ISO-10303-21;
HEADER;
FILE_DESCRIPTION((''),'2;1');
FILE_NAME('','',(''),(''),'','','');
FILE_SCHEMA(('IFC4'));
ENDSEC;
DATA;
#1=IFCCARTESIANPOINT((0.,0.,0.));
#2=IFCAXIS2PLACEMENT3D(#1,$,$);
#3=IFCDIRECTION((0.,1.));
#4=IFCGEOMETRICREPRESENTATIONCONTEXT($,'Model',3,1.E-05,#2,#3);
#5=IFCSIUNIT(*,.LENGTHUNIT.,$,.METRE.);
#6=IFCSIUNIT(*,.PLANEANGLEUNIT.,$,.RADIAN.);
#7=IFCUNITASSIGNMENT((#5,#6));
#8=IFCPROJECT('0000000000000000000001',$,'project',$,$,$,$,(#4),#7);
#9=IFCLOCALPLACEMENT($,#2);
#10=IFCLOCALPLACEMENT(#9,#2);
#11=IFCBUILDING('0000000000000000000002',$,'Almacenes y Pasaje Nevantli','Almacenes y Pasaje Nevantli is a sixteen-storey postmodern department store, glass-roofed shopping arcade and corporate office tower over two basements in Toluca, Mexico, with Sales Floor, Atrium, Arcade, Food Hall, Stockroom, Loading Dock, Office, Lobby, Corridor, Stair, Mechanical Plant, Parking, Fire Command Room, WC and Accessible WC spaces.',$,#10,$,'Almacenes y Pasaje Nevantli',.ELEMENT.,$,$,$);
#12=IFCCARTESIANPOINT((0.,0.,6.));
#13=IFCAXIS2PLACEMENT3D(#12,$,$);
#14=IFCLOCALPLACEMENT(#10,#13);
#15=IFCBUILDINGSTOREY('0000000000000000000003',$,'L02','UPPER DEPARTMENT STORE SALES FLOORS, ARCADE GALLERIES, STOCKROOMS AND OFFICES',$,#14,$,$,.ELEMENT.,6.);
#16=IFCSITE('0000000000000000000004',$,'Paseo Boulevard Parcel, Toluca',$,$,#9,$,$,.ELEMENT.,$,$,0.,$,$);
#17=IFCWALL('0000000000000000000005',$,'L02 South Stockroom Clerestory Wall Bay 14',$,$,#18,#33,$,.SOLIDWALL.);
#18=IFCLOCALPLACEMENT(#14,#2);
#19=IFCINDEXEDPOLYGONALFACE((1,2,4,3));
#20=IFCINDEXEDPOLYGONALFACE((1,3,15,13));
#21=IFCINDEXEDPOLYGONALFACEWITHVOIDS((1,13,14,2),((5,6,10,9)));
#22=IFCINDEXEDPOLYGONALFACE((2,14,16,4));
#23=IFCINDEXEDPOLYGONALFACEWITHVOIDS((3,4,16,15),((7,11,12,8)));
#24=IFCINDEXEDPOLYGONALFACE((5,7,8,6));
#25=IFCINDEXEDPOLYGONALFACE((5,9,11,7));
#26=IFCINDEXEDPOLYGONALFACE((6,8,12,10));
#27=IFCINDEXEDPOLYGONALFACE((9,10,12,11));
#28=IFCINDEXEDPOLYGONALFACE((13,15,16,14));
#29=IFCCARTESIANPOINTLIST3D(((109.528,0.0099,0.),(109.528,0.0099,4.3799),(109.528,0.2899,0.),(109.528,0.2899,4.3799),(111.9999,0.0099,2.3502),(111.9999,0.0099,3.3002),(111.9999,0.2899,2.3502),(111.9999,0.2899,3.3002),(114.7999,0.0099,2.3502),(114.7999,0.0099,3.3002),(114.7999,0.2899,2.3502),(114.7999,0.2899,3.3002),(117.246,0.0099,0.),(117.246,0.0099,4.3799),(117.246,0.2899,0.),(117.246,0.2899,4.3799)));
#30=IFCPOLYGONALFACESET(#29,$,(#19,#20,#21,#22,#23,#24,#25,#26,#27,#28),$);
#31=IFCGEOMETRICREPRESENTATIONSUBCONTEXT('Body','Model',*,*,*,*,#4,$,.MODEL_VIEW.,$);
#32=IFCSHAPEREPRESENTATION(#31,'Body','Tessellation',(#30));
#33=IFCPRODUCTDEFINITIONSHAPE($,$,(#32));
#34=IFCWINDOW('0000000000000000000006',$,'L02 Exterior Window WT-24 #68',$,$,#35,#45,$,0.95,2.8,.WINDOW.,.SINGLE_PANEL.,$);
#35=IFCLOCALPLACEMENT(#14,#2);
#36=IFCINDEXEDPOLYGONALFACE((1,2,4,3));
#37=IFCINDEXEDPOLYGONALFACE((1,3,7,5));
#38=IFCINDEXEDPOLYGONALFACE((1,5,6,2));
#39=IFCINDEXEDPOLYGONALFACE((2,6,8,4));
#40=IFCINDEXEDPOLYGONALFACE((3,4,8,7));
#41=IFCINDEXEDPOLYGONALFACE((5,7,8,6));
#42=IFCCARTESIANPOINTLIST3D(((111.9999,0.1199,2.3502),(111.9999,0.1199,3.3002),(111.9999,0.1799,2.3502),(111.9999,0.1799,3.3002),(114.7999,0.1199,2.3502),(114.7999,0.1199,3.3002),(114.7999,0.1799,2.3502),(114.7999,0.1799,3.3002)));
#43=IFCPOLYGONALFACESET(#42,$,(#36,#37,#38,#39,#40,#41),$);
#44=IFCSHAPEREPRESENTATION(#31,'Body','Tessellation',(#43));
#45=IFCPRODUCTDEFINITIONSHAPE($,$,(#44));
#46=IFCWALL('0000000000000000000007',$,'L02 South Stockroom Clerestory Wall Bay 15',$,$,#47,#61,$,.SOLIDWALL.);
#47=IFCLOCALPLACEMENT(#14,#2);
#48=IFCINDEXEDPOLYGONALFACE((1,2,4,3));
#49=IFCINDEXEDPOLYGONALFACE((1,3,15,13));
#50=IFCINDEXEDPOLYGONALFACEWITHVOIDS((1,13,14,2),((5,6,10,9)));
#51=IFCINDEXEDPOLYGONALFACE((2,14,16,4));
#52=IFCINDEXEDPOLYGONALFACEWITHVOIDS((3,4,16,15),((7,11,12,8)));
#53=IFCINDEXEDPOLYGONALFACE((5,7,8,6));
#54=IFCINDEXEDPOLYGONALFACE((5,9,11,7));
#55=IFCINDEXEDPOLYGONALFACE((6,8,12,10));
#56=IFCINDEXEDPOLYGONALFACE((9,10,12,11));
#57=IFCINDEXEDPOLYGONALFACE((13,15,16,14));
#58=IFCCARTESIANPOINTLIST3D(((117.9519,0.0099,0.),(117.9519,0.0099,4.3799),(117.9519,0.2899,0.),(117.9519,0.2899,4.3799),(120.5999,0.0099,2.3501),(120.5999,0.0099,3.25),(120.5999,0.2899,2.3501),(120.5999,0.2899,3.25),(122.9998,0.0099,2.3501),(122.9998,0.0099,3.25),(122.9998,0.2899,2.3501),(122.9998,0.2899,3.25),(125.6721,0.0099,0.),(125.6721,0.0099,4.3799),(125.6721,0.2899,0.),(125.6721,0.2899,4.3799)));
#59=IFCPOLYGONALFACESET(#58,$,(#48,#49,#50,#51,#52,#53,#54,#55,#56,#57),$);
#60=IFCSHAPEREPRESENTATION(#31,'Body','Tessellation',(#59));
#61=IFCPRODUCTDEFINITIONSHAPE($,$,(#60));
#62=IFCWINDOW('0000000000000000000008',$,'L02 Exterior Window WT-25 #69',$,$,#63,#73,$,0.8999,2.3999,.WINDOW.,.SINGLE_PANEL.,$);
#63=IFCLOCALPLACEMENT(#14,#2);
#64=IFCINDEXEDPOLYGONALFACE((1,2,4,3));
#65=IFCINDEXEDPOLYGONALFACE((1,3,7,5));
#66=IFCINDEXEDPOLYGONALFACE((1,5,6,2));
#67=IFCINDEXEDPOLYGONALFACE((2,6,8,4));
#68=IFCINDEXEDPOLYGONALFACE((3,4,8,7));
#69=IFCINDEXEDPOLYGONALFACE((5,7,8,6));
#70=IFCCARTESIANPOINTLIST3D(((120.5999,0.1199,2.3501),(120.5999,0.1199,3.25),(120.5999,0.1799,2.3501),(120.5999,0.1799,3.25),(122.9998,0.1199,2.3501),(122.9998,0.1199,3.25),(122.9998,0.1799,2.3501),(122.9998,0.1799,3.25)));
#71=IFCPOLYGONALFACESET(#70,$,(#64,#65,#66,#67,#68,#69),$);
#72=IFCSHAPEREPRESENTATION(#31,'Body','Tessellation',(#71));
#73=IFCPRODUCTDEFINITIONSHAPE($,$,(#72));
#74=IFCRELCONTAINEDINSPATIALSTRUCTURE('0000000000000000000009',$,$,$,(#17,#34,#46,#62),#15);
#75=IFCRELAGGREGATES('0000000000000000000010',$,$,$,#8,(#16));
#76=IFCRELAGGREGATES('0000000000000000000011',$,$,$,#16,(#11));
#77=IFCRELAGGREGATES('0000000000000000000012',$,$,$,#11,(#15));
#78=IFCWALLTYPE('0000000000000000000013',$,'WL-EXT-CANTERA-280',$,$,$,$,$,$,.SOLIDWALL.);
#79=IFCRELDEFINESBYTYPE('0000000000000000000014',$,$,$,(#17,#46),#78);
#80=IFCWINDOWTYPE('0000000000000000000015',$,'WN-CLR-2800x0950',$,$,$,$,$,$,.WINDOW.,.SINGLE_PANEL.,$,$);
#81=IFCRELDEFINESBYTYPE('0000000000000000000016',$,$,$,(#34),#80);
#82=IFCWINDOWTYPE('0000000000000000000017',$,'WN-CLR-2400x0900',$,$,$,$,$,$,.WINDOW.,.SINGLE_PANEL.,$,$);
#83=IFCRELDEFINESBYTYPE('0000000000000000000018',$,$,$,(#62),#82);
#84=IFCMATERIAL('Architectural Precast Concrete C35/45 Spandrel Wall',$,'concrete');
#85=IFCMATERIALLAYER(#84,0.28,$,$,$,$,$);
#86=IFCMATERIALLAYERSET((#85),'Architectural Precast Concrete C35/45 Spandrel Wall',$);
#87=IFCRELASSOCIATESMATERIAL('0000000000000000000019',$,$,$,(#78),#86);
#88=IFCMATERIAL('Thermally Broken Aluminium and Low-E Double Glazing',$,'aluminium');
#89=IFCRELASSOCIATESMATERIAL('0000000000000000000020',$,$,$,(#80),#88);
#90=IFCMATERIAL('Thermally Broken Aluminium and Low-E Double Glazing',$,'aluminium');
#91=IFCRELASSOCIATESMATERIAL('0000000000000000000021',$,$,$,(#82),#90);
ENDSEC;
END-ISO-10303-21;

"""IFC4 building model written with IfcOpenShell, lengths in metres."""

from ifc_helpers import new_model, si_unit, direction, frame, frame_2d, origin, place, context, subcontext, project, spatial, rectangle, extrude, material, layer, layer_set, type_object, element, fill, save


model = new_model("IFC4")

# Units and contexts
model_context = context("Model", 3, precision=1e-05, world=origin(), true_north=direction((0.0, 1.0)))
body_context = subcontext(model_context, "Body", "Model", "MODEL_VIEW")
ifc_project = project(units=[si_unit("LENGTHUNIT", "METRE"), si_unit("PLANEANGLEUNIT", "RADIAN")], contexts=[model_context])

# Site, building, storey
site_placement = place(None, origin())
site = spatial("IfcSite", under=ifc_project, at=site_placement, Name="Paseo Boulevard Parcel, Toluca", CompositionType="ELEMENT", RefElevation=0.0)
building_placement = place(site_placement, origin())
building = spatial("IfcBuilding", under=site, at=building_placement, Name="Almacenes y Pasaje Nevantli", Description="Almacenes y Pasaje Nevantli is a sixteen-storey postmodern department store, glass-roofed shopping arcade and corporate office tower over two basements in Toluca, Mexico, with Sales Floor, Atrium, Arcade, Food Hall, Stockroom, Loading Dock, Office, Lobby, Corridor, Stair, Mechanical Plant, Parking, Fire Command Room, WC and Accessible WC spaces.", LongName="Almacenes y Pasaje Nevantli", CompositionType="ELEMENT")
storey_placement = place(building_placement, frame((0.0, 0.0, 6.0)))
storey = spatial("IfcBuildingStorey", under=building, at=storey_placement, Name="L02", Description="UPPER DEPARTMENT STORE SALES FLOORS, ARCADE GALLERIES, STOCKROOMS AND OFFICES", CompositionType="ELEMENT", Elevation=6.0)

# Walls, openings, windows
ifc_material_1 = material(Name="Architectural Precast Concrete C35/45 Spandrel Wall", Category="concrete")
ifc_layer = layer(ifc_material_1, 0.28)
ifc_layer_set = layer_set([ifc_layer], Name="Architectural Precast Concrete C35/45 Spandrel Wall")
wall_type = type_object("IfcWallType", Name="WL-EXT-CANTERA-280", PredefinedType="SOLIDWALL", material=ifc_layer_set)
wall_1_placement = place(storey_placement, frame((109.5281, 0.1499, 0.0), z_axis=(0.0, 0.0, 1.0), x_axis=(1.0, 0.0, 0.0)))
wall_1 = element("IfcWall", 1, at=wall_1_placement, inside=storey, type_object=wall_type, Name="L02 South Stockroom Clerestory Wall Bay 14", PredefinedType="SOLIDWALL", context=body_context, shape_type="SweptSolid", body=[
    extrude(rectangle(XDim=7.718, YDim=0.28, at=frame_2d((3.8589, 0.0))), origin(), (0.0, 0.0, 1.0), 4.3799),
])
opening_1_placement = place(wall_1_placement, frame((2.4719, 0.0, 2.3501)))
opening_1 = element("IfcOpeningElement", 2, at=opening_1_placement, cuts=wall_1, PredefinedType="OPENING", context=body_context, shape_type="SweptSolid", body=[
    extrude(rectangle(XDim=2.8, YDim=0.95, at=frame_2d((1.3999, 0.4751))), frame((0.0, 0.1499, 0.0), z_axis=(0.0, -1.0, 0.0), x_axis=(1.0, 0.0, 0.0)), (0.0, 0.0, 1.0), 0.3),
])
ifc_material_2 = material(Name="Thermally Broken Aluminium and Low-E Double Glazing", Category="aluminium")
window_type_1 = type_object("IfcWindowType", Name="WN-CLR-2800x0950", PartitioningType="SINGLE_PANEL", PredefinedType="WINDOW", material=ifc_material_2)
window_1_placement = place(opening_1_placement, origin())
window_1 = element("IfcWindow", 3, at=window_1_placement, inside=storey, type_object=window_type_1, Name="L02 Exterior Window WT-24 #68", OverallHeight=0.95, OverallWidth=2.8, PartitioningType="SINGLE_PANEL", PredefinedType="WINDOW", context=body_context, shape_type="SweptSolid", body=[
    extrude(rectangle(XDim=2.8, YDim=0.95, at=frame_2d((1.3999, 0.4751))), frame((0.0, 0.03, 0.0), z_axis=(0.0, -1.0, 0.0), x_axis=(1.0, 0.0, 0.0)), (0.0, 0.0, 1.0), 0.0601),
])
fill(opening_1, window_1)
wall_2_placement = place(storey_placement, frame((117.9519, 0.1499, 0.0), z_axis=(0.0, 0.0, 1.0), x_axis=(1.0, 0.0, 0.0)))
wall_2 = element("IfcWall", 4, at=wall_2_placement, inside=storey, type_object=wall_type, Name="L02 South Stockroom Clerestory Wall Bay 15", PredefinedType="SOLIDWALL", context=body_context, shape_type="SweptSolid", body=[
    extrude(rectangle(XDim=7.7202, YDim=0.28, at=frame_2d((3.8601, 0.0))), origin(), (0.0, 0.0, 1.0), 4.3799),
])
opening_2_placement = place(wall_2_placement, frame((2.6479, 0.0, 2.3501)))
opening_2 = element("IfcOpeningElement", 5, at=opening_2_placement, cuts=wall_2, PredefinedType="OPENING", context=body_context, shape_type="SweptSolid", body=[
    extrude(rectangle(XDim=2.3999, YDim=0.8999, at=frame_2d((1.2, 0.45))), frame((0.0, 0.1499, 0.0), z_axis=(0.0, -1.0, 0.0), x_axis=(1.0, 0.0, 0.0)), (0.0, 0.0, 1.0), 0.3),
])
ifc_material_3 = material(Name="Thermally Broken Aluminium and Low-E Double Glazing", Category="aluminium")
window_type_2 = type_object("IfcWindowType", Name="WN-CLR-2400x0900", PartitioningType="SINGLE_PANEL", PredefinedType="WINDOW", material=ifc_material_3)
window_2_placement = place(opening_2_placement, origin())
window_2 = element("IfcWindow", 6, at=window_2_placement, inside=storey, type_object=window_type_2, Name="L02 Exterior Window WT-25 #69", OverallHeight=0.8999, OverallWidth=2.3999, PartitioningType="SINGLE_PANEL", PredefinedType="WINDOW", context=body_context, shape_type="SweptSolid", body=[
    extrude(rectangle(XDim=2.3999, YDim=0.8999, at=frame_2d((1.2, 0.45))), frame((0.0, 0.03, 0.0), z_axis=(0.0, -1.0, 0.0), x_axis=(1.0, 0.0, 0.0)), (0.0, 0.0, 1.0), 0.0601),
])
fill(opening_2, window_2)

save(model, "model.ifc")
